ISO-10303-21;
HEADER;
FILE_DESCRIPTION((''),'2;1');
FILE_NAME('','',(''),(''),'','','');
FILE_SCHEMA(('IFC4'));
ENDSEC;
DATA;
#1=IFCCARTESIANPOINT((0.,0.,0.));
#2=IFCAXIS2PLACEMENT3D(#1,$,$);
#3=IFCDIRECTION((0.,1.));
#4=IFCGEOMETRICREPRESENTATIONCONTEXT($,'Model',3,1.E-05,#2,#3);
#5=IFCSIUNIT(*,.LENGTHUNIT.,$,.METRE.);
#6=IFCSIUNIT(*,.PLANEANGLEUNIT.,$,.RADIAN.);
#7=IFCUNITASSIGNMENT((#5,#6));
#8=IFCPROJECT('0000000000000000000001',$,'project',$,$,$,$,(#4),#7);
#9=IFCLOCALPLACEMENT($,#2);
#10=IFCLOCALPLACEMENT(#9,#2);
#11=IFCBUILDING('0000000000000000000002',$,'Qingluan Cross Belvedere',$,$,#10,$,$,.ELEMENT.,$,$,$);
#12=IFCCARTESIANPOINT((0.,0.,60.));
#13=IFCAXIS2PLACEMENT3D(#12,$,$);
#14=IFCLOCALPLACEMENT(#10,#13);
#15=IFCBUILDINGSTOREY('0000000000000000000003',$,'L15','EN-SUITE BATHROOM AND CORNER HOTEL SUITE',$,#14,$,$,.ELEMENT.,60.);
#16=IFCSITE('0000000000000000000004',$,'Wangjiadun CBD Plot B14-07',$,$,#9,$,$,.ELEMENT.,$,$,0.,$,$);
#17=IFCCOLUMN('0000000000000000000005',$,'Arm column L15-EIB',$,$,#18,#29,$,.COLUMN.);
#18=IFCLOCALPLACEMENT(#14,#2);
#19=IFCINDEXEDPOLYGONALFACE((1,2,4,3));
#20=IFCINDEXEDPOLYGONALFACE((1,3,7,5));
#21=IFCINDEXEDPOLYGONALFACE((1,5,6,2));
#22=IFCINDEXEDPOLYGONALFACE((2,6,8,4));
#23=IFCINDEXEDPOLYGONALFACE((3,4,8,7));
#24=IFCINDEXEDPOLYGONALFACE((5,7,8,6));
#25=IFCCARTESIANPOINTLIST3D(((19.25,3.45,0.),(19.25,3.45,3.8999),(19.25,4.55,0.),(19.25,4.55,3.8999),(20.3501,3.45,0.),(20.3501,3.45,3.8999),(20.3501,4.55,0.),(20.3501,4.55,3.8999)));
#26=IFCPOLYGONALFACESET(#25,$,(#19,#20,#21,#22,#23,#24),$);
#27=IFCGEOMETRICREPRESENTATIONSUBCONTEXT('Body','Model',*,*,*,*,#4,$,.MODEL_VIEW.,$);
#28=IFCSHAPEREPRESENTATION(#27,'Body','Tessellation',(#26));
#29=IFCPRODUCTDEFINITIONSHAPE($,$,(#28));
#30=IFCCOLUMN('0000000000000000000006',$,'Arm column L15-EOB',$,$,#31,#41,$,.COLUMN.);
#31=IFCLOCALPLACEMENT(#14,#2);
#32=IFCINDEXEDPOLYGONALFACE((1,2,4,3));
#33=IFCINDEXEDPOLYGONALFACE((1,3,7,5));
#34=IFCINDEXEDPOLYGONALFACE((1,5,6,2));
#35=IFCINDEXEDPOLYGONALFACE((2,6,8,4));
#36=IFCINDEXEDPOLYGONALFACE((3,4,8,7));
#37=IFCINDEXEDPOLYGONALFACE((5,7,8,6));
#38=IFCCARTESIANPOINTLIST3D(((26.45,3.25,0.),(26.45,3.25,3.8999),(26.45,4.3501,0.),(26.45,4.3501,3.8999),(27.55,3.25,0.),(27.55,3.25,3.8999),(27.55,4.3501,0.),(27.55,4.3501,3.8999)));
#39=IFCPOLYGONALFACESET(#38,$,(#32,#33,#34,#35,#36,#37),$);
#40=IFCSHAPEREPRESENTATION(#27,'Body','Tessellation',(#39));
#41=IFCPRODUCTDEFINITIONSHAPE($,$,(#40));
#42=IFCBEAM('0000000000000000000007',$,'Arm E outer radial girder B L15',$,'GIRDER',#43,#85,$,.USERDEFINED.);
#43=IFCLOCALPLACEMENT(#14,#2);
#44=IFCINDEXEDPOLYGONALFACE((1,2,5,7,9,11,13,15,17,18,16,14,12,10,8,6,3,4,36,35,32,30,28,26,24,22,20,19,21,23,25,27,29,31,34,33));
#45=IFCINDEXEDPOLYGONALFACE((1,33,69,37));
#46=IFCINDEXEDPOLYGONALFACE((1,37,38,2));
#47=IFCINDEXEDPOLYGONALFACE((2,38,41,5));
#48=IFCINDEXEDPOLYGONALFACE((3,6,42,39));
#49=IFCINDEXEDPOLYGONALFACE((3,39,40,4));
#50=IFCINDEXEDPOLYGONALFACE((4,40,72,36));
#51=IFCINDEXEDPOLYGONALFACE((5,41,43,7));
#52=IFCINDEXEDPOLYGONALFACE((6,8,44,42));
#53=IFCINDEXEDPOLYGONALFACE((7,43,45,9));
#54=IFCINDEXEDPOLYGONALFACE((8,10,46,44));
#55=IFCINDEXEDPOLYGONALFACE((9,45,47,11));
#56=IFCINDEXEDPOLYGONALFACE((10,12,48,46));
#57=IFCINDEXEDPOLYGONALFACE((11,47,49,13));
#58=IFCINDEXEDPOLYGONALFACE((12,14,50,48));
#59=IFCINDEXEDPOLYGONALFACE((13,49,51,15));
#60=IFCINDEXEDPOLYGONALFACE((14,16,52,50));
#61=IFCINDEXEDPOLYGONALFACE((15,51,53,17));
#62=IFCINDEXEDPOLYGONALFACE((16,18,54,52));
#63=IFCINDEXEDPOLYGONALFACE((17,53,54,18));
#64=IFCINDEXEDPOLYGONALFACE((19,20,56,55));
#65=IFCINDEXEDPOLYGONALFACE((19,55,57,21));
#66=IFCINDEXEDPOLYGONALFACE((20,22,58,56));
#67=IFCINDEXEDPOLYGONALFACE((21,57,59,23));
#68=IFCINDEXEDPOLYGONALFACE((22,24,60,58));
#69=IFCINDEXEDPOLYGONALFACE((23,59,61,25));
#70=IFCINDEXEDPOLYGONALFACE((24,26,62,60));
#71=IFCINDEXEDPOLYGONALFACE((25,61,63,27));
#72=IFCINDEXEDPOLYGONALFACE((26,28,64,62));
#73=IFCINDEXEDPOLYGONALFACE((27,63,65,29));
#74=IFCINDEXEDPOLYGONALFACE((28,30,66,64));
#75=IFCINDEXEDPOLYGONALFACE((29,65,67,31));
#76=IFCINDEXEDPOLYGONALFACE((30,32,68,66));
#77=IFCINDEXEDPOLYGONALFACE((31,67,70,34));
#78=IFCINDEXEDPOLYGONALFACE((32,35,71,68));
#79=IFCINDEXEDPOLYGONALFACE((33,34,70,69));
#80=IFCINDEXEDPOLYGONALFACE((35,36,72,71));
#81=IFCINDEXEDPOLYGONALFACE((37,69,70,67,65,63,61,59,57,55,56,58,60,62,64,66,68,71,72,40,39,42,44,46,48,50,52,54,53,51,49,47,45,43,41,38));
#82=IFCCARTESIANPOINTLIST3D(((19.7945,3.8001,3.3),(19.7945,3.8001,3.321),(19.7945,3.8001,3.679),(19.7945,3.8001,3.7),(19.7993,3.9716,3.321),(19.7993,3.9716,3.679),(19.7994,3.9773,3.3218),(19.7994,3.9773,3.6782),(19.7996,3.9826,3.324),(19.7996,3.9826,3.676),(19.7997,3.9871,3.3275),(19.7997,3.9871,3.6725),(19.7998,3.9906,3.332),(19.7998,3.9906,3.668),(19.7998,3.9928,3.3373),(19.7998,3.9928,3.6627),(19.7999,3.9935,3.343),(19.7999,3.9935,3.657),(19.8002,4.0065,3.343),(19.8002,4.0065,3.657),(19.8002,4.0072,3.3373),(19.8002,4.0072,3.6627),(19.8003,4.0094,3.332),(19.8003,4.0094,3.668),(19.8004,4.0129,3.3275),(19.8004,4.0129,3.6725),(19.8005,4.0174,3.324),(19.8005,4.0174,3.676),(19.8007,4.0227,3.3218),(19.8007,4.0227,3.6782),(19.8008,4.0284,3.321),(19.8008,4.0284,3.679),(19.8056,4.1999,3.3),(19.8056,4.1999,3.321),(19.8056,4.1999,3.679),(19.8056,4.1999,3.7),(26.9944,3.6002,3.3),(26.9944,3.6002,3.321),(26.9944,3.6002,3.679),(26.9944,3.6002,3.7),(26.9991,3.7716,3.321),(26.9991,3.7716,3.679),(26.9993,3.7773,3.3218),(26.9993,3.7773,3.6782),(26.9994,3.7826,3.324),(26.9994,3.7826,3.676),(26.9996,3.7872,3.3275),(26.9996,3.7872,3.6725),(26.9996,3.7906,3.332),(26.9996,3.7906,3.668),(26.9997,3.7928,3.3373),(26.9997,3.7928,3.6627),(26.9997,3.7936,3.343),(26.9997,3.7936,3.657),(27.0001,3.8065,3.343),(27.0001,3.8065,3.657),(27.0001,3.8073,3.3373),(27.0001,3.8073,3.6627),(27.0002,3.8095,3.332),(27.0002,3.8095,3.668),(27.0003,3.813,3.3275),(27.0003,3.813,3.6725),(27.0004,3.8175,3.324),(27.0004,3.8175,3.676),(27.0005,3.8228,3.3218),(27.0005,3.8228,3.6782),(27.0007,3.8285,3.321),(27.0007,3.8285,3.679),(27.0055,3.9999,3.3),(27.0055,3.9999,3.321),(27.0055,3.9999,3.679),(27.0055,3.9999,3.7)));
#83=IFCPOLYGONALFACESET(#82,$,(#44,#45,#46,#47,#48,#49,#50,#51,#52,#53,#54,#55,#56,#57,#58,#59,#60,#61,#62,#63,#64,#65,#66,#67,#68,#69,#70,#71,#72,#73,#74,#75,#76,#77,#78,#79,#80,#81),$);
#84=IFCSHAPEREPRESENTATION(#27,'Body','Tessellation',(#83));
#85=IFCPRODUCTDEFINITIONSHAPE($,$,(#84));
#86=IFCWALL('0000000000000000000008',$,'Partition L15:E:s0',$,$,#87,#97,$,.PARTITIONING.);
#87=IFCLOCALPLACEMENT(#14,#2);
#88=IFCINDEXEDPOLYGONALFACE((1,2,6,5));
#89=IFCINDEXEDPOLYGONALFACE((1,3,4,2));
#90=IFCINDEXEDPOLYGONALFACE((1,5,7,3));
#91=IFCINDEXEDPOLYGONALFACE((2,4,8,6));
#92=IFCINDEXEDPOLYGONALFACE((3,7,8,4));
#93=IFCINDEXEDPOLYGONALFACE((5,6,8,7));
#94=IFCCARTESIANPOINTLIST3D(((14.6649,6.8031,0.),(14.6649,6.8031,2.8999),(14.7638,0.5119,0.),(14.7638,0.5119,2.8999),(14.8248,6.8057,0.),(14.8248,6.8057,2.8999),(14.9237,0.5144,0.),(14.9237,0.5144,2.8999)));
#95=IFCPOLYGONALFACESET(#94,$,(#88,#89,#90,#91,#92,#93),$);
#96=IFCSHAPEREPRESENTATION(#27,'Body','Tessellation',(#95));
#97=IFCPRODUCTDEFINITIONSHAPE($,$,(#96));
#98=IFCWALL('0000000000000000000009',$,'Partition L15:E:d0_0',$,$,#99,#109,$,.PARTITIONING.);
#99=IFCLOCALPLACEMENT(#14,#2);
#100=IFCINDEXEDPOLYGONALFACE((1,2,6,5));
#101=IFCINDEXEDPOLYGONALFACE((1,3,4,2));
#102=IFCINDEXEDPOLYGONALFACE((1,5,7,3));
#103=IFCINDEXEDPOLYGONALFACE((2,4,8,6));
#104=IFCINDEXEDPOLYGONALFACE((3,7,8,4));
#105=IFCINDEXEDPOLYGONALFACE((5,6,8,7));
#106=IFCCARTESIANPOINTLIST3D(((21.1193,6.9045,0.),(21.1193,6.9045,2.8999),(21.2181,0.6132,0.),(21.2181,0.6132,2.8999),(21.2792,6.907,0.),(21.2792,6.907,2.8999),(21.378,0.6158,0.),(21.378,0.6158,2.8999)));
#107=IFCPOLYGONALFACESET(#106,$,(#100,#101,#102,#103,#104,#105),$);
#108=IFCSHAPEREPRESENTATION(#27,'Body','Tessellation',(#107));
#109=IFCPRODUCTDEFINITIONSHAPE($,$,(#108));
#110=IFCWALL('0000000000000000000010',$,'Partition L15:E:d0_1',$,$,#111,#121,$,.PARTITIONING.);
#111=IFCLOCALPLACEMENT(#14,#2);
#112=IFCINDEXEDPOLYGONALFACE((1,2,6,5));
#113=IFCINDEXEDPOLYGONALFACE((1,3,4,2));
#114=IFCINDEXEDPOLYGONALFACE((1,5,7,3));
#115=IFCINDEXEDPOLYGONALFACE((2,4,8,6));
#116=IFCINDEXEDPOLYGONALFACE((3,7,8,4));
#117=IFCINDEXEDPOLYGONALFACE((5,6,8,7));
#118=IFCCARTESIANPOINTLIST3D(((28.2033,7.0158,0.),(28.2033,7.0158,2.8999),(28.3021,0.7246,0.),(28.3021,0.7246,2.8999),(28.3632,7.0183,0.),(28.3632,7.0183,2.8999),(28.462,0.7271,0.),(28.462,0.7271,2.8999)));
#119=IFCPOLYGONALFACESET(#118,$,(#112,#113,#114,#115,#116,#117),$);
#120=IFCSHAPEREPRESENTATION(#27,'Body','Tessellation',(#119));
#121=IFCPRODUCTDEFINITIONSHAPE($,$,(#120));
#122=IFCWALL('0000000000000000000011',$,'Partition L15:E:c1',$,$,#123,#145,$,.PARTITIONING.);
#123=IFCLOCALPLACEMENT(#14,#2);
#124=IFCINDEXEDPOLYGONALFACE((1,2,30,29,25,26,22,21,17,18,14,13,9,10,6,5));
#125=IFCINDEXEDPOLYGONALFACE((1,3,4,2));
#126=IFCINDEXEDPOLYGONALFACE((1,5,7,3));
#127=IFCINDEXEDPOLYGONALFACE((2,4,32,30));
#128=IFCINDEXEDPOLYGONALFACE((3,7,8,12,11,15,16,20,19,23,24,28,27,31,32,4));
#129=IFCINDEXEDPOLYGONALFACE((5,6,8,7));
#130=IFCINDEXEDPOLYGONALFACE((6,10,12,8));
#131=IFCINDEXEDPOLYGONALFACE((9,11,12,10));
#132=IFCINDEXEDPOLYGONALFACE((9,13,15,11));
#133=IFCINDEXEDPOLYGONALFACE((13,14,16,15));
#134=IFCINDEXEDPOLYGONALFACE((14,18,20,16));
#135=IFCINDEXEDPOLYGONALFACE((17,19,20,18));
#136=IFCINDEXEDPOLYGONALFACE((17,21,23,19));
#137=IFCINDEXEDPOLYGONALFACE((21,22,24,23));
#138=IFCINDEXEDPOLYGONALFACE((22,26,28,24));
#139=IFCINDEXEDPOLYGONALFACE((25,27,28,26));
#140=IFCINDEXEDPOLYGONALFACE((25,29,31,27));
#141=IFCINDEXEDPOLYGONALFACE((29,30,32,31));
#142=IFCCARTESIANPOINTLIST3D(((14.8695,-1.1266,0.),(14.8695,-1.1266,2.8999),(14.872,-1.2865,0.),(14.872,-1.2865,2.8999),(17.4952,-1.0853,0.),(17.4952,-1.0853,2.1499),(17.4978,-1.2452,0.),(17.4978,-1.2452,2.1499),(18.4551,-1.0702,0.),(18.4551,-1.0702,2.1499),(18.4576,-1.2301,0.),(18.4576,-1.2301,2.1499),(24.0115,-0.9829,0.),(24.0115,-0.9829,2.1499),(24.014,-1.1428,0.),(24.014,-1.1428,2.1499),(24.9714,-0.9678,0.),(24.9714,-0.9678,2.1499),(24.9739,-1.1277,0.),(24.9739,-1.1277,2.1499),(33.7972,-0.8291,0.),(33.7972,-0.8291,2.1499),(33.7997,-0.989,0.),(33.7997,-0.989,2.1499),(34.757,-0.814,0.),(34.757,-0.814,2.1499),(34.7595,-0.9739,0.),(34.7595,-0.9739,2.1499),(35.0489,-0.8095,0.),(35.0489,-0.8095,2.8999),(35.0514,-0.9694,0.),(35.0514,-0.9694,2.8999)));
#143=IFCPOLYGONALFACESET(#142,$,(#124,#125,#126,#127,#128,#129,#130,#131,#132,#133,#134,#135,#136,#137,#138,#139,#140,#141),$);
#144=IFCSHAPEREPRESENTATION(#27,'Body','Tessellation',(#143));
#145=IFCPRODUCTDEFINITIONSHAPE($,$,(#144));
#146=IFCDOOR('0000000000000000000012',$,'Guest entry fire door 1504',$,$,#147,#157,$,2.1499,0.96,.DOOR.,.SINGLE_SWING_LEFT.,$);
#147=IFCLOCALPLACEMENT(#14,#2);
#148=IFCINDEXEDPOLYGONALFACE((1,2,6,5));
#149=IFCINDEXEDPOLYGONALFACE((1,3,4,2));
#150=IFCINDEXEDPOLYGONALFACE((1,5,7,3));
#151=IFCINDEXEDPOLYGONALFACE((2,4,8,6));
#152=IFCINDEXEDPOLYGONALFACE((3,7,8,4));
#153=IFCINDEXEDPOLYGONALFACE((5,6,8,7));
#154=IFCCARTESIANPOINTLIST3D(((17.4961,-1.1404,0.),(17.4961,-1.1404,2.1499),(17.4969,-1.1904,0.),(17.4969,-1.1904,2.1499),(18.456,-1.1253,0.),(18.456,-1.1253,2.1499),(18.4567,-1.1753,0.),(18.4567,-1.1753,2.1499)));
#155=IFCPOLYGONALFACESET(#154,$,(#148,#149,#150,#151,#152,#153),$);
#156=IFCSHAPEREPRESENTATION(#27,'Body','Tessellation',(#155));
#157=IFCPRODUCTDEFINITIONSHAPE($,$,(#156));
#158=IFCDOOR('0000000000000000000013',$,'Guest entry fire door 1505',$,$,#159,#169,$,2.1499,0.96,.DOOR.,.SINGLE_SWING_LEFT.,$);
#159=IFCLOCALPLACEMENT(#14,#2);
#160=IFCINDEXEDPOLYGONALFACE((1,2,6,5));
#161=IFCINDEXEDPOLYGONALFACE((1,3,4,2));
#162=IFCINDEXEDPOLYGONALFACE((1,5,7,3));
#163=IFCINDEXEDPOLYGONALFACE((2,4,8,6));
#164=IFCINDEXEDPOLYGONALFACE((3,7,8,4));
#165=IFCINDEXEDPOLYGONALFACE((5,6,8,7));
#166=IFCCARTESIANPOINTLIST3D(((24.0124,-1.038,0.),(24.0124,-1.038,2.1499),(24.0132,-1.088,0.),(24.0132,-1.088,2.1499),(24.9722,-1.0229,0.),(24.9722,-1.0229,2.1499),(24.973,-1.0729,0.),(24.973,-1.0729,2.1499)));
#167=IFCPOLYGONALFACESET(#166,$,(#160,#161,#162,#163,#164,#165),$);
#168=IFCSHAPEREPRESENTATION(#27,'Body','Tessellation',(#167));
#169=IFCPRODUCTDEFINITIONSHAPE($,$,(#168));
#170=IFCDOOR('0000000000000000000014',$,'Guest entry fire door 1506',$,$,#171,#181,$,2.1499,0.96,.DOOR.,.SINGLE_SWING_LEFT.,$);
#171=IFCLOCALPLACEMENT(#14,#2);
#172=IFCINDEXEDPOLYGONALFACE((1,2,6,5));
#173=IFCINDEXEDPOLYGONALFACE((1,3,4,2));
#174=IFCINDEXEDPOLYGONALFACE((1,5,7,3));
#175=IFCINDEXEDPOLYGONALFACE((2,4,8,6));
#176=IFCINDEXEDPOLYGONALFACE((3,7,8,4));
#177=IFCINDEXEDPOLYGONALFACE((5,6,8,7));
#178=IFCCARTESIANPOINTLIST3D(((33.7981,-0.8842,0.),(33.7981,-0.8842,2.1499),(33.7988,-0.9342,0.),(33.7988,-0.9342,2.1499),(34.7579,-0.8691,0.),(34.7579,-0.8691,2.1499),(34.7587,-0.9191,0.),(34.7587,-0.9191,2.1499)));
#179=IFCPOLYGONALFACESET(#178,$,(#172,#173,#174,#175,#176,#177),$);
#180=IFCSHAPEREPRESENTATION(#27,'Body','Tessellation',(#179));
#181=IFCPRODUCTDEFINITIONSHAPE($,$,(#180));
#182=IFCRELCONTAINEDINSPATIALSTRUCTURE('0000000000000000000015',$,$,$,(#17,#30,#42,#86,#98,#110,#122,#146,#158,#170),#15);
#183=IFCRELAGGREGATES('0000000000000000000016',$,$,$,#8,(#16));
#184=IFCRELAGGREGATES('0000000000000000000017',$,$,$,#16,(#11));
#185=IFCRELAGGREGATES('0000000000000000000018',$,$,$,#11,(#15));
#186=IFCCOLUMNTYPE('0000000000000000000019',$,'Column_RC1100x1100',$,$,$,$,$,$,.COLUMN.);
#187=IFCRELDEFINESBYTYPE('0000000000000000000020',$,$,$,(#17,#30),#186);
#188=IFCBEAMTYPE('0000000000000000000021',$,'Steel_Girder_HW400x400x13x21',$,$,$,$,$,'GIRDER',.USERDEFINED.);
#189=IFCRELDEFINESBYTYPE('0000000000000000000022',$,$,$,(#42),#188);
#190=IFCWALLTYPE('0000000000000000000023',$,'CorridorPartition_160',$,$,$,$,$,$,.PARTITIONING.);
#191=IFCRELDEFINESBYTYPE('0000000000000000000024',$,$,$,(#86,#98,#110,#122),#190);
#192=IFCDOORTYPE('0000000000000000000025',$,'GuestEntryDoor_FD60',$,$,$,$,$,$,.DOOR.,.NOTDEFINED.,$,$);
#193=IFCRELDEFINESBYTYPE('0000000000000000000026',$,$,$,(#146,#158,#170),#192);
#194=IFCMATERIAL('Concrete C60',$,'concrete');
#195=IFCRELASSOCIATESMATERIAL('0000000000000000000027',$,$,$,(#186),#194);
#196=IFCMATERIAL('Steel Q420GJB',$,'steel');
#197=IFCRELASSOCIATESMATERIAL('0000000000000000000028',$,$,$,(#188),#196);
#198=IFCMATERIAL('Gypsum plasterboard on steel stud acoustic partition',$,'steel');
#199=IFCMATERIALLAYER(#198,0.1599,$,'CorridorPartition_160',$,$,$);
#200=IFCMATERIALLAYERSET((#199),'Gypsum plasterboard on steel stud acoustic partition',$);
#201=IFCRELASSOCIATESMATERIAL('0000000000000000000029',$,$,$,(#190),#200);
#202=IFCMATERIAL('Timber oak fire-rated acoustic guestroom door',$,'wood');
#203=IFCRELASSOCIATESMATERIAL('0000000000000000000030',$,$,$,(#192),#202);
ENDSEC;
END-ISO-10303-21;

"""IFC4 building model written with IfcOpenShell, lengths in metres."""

from ifc_helpers import new_model, si_unit, direction, frame, frame_2d, origin, origin_2d, place, context, subcontext, project, spatial, rectangle, i_section, extrude, material, layer, layer_set, material_profile, profile_set, type_object, element, fill, save


model = new_model("IFC4")

# Units and contexts
model_context = context("Model", 3, precision=1e-05, world=origin(), true_north=direction((0.0, 1.0)))
body_context = subcontext(model_context, "Body", "Model", "MODEL_VIEW")
ifc_project = project(units=[si_unit("LENGTHUNIT", "METRE"), si_unit("PLANEANGLEUNIT", "RADIAN")], contexts=[model_context])

# Site, building, storey
site_placement = place(None, origin())
site = spatial("IfcSite", under=ifc_project, at=site_placement, Name="Wangjiadun CBD Plot B14-07", CompositionType="ELEMENT", RefElevation=0.0)
building_placement = place(site_placement, origin())
building = spatial("IfcBuilding", under=site, at=building_placement, Name="Qingluan Cross Belvedere", CompositionType="ELEMENT")
storey_placement = place(building_placement, frame((0.0, 0.0, 60.0)))
storey = spatial("IfcBuildingStorey", under=building, at=storey_placement, Name="L15", Description="EN-SUITE BATHROOM AND CORNER HOTEL SUITE", CompositionType="ELEMENT", Elevation=60.0)

# Columns
ifc_material_1 = material(Name="Concrete C60", Category="concrete")
ifc_material_profile_1 = material_profile(ifc_material_1, rectangle(XDim=1.1001, YDim=1.1001, at=origin_2d()), Name="RC1100x1100")
ifc_profile_set_1 = profile_set([ifc_material_profile_1], Name="Concrete C60")
column_type = type_object("IfcColumnType", Name="Column_RC1100x1100", PredefinedType="COLUMN", material=ifc_profile_set_1)
for number, where, z_axis, x_axis, name in (
    (1, (19.8, 4.0, 0.0), (0.0, 0.0, 1.0), (1.0, 0.0, 0.0), "Arm column L15-EIB"),
    (2, (27.0, 3.8, 0.0), (0.0, 0.0, 1.0), (1.0, 0.0, 0.0), "Arm column L15-EOB"),
):
    element("IfcColumn", number, at=place(storey_placement, frame(where, z_axis=z_axis, x_axis=x_axis)), inside=storey, type_object=column_type, Name=name, PredefinedType="COLUMN", context=body_context, shape_type="SweptSolid", body=[
        extrude(rectangle(XDim=1.1001, YDim=1.1001, at=origin_2d()), origin(), (0.0, 0.0, 1.0), 3.8999),
    ])

# Beam
ifc_material_2 = material(Name="Steel Q420GJB", Category="steel")
ifc_material_profile_2 = material_profile(ifc_material_2, i_section(OverallWidth=0.3999, OverallDepth=0.3999, WebThickness=0.0129, FlangeThickness=0.021, FilletRadius=0.022, at=origin_2d()), Name="HW400x400x13x21")
ifc_profile_set_2 = profile_set([ifc_material_profile_2], Name="Steel Q420GJB")
beam_type = type_object("IfcBeamType", Name="Steel_Girder_HW400x400x13x21", ElementType="GIRDER", PredefinedType="USERDEFINED", material=ifc_profile_set_2)
beam_placement = place(storey_placement, frame((19.8, 4.0, 3.5), z_axis=(0.999615, -0.02776, 0.0), x_axis=(0.02776, 0.999615, 0.0)))
element("IfcBeam", 3, at=beam_placement, inside=storey, type_object=beam_type, Name="Arm E outer radial girder B L15", ObjectType="GIRDER", PredefinedType="USERDEFINED", context=body_context, shape_type="SweptSolid", body=[
    extrude(i_section(OverallWidth=0.3999, OverallDepth=0.3999, WebThickness=0.0129, FlangeThickness=0.021, FilletRadius=0.022, at=origin_2d()), origin(), (0.0, 0.0, 1.0), 7.2026),
])

# Walls
ifc_material_3 = material(Name="Gypsum plasterboard on steel stud acoustic partition", Category="steel")
ifc_layer_1 = layer(ifc_material_3, 0.1599, Name="CorridorPartition_160")
ifc_layer_set_1 = layer_set([ifc_layer_1], Name="Gypsum plasterboard on steel stud acoustic partition")
wall_type_1 = type_object("IfcWallType", Name="CorridorPartition_160", PredefinedType="PARTITIONING", material=ifc_layer_set_1)
for number, where, z_axis, x_axis, name in (
    (4, (14.8438, 0.5132, 0.0), (0.0, 0.0, 1.0), (-0.015715, 0.999877, 0.0), "Partition L15:E:s0"),
    (5, (21.2981, 0.6145, 0.0), (0.0, 0.0, 1.0), (-0.015715, 0.999877, 0.0), "Partition L15:E:d0_0"),
    (6, (28.3821, 0.7258, 0.0), (0.0, 0.0, 1.0), (-0.015715, 0.999877, 0.0), "Partition L15:E:d0_1"),
):
    element("IfcWall", number, at=place(storey_placement, frame(where, z_axis=z_axis, x_axis=x_axis)), inside=storey, type_object=wall_type_1, Name=name, PredefinedType="PARTITIONING", context=body_context, shape_type="SweptSolid", body=[
        extrude(rectangle(XDim=6.292, YDim=0.1599, at=frame_2d((3.146, 0.0))), origin(), (0.0, 0.0, 1.0), 2.8999),
    ])

# Wall, openings, doors
wall_1_placement = place(storey_placement, frame((14.8708, -1.2065, 0.0), z_axis=(0.0, 0.0, 1.0), x_axis=(0.999877, 0.015714, 0.0)))
wall_1 = element("IfcWall", 7, at=wall_1_placement, inside=storey, type_object=wall_type_1, Name="Partition L15:E:c1", PredefinedType="PARTITIONING", context=body_context, shape_type="SweptSolid", body=[
    extrude(rectangle(XDim=20.1819, YDim=0.1599, at=frame_2d((10.0908, 0.0))), origin(), (0.0, 0.0, 1.0), 2.8999),
])
opening_1_placement = place(wall_1_placement, frame((2.626, 0.0, 0.0)))
opening_1 = element("IfcOpeningElement", 8, at=opening_1_placement, cuts=wall_1, PredefinedType="OPENING", context=body_context, shape_type="SweptSolid", body=[
    extrude(rectangle(XDim=0.96, YDim=2.1499, at=frame_2d((0.48, 1.075))), frame((0.0, 0.0898, 0.0), z_axis=(0.0, -1.0, 0.0), x_axis=(1.0, 0.0, 0.0)), (0.0, 0.0, 1.0), 0.1799),
])
opening_2_placement = place(wall_1_placement, frame((9.1431, 0.0, 0.0)))
opening_2 = element("IfcOpeningElement", 9, at=opening_2_placement, cuts=wall_1, PredefinedType="OPENING", context=body_context, shape_type="SweptSolid", body=[
    extrude(rectangle(XDim=0.96, YDim=2.1499, at=frame_2d((0.48, 1.075))), frame((0.0, 0.0898, 0.0), z_axis=(0.0, -1.0, 0.0), x_axis=(1.0, 0.0, 0.0)), (0.0, 0.0, 1.0), 0.1799),
])
opening_3_placement = place(wall_1_placement, frame((18.9299, 0.0, 0.0)))
opening_3 = element("IfcOpeningElement", 10, at=opening_3_placement, cuts=wall_1, PredefinedType="OPENING", context=body_context, shape_type="SweptSolid", body=[
    extrude(rectangle(XDim=0.96, YDim=2.1499, at=frame_2d((0.48, 1.075))), frame((0.0, 0.0898, 0.0), z_axis=(0.0, -1.0, 0.0), x_axis=(1.0, 0.0, 0.0)), (0.0, 0.0, 1.0), 0.1799),
])
ifc_material_4 = material(Name="Timber oak fire-rated acoustic guestroom door", Category="wood")
door_type_1 = type_object("IfcDoorType", Name="GuestEntryDoor_FD60", OperationType="NOTDEFINED", PredefinedType="DOOR", material=ifc_material_4)
door_1_placement = place(opening_1_placement, origin())
door_1 = element("IfcDoor", 11, at=door_1_placement, inside=storey, type_object=door_type_1, Name="Guest entry fire door 1504", OperationType="SINGLE_SWING_LEFT", OverallHeight=2.1499, OverallWidth=0.96, PredefinedType="DOOR", context=body_context, shape_type="SweptSolid", body=[
    extrude(rectangle(XDim=0.96, YDim=2.1499, at=frame_2d((0.48, 1.075))), frame((0.0, 0.0249, 0.0), z_axis=(0.0, -1.0, 0.0), x_axis=(1.0, 0.0, 0.0)), (0.0, 0.0, 1.0), 0.05),
])
fill(opening_1, door_1)
door_2_placement = place(opening_2_placement, origin())
door_2 = element("IfcDoor", 12, at=door_2_placement, inside=storey, type_object=door_type_1, Name="Guest entry fire door 1505", OperationType="SINGLE_SWING_LEFT", OverallHeight=2.1499, OverallWidth=0.96, PredefinedType="DOOR", context=body_context, shape_type="SweptSolid", body=[
    extrude(rectangle(XDim=0.96, YDim=2.1499, at=frame_2d((0.48, 1.075))), frame((0.0, 0.0249, 0.0), z_axis=(0.0, -1.0, 0.0), x_axis=(1.0, 0.0, 0.0)), (0.0, 0.0, 1.0), 0.05),
])
fill(opening_2, door_2)
door_3_placement = place(opening_3_placement, origin())
door_3 = element("IfcDoor", 13, at=door_3_placement, inside=storey, type_object=door_type_1, Name="Guest entry fire door 1506", OperationType="SINGLE_SWING_LEFT", OverallHeight=2.1499, OverallWidth=0.96, PredefinedType="DOOR", context=body_context, shape_type="SweptSolid", body=[
    extrude(rectangle(XDim=0.96, YDim=2.1499, at=frame_2d((0.48, 1.075))), frame((0.0, 0.0249, 0.0), z_axis=(0.0, -1.0, 0.0), x_axis=(1.0, 0.0, 0.0)), (0.0, 0.0, 1.0), 0.05),
])
fill(opening_3, door_3)

save(model, "model.ifc")
